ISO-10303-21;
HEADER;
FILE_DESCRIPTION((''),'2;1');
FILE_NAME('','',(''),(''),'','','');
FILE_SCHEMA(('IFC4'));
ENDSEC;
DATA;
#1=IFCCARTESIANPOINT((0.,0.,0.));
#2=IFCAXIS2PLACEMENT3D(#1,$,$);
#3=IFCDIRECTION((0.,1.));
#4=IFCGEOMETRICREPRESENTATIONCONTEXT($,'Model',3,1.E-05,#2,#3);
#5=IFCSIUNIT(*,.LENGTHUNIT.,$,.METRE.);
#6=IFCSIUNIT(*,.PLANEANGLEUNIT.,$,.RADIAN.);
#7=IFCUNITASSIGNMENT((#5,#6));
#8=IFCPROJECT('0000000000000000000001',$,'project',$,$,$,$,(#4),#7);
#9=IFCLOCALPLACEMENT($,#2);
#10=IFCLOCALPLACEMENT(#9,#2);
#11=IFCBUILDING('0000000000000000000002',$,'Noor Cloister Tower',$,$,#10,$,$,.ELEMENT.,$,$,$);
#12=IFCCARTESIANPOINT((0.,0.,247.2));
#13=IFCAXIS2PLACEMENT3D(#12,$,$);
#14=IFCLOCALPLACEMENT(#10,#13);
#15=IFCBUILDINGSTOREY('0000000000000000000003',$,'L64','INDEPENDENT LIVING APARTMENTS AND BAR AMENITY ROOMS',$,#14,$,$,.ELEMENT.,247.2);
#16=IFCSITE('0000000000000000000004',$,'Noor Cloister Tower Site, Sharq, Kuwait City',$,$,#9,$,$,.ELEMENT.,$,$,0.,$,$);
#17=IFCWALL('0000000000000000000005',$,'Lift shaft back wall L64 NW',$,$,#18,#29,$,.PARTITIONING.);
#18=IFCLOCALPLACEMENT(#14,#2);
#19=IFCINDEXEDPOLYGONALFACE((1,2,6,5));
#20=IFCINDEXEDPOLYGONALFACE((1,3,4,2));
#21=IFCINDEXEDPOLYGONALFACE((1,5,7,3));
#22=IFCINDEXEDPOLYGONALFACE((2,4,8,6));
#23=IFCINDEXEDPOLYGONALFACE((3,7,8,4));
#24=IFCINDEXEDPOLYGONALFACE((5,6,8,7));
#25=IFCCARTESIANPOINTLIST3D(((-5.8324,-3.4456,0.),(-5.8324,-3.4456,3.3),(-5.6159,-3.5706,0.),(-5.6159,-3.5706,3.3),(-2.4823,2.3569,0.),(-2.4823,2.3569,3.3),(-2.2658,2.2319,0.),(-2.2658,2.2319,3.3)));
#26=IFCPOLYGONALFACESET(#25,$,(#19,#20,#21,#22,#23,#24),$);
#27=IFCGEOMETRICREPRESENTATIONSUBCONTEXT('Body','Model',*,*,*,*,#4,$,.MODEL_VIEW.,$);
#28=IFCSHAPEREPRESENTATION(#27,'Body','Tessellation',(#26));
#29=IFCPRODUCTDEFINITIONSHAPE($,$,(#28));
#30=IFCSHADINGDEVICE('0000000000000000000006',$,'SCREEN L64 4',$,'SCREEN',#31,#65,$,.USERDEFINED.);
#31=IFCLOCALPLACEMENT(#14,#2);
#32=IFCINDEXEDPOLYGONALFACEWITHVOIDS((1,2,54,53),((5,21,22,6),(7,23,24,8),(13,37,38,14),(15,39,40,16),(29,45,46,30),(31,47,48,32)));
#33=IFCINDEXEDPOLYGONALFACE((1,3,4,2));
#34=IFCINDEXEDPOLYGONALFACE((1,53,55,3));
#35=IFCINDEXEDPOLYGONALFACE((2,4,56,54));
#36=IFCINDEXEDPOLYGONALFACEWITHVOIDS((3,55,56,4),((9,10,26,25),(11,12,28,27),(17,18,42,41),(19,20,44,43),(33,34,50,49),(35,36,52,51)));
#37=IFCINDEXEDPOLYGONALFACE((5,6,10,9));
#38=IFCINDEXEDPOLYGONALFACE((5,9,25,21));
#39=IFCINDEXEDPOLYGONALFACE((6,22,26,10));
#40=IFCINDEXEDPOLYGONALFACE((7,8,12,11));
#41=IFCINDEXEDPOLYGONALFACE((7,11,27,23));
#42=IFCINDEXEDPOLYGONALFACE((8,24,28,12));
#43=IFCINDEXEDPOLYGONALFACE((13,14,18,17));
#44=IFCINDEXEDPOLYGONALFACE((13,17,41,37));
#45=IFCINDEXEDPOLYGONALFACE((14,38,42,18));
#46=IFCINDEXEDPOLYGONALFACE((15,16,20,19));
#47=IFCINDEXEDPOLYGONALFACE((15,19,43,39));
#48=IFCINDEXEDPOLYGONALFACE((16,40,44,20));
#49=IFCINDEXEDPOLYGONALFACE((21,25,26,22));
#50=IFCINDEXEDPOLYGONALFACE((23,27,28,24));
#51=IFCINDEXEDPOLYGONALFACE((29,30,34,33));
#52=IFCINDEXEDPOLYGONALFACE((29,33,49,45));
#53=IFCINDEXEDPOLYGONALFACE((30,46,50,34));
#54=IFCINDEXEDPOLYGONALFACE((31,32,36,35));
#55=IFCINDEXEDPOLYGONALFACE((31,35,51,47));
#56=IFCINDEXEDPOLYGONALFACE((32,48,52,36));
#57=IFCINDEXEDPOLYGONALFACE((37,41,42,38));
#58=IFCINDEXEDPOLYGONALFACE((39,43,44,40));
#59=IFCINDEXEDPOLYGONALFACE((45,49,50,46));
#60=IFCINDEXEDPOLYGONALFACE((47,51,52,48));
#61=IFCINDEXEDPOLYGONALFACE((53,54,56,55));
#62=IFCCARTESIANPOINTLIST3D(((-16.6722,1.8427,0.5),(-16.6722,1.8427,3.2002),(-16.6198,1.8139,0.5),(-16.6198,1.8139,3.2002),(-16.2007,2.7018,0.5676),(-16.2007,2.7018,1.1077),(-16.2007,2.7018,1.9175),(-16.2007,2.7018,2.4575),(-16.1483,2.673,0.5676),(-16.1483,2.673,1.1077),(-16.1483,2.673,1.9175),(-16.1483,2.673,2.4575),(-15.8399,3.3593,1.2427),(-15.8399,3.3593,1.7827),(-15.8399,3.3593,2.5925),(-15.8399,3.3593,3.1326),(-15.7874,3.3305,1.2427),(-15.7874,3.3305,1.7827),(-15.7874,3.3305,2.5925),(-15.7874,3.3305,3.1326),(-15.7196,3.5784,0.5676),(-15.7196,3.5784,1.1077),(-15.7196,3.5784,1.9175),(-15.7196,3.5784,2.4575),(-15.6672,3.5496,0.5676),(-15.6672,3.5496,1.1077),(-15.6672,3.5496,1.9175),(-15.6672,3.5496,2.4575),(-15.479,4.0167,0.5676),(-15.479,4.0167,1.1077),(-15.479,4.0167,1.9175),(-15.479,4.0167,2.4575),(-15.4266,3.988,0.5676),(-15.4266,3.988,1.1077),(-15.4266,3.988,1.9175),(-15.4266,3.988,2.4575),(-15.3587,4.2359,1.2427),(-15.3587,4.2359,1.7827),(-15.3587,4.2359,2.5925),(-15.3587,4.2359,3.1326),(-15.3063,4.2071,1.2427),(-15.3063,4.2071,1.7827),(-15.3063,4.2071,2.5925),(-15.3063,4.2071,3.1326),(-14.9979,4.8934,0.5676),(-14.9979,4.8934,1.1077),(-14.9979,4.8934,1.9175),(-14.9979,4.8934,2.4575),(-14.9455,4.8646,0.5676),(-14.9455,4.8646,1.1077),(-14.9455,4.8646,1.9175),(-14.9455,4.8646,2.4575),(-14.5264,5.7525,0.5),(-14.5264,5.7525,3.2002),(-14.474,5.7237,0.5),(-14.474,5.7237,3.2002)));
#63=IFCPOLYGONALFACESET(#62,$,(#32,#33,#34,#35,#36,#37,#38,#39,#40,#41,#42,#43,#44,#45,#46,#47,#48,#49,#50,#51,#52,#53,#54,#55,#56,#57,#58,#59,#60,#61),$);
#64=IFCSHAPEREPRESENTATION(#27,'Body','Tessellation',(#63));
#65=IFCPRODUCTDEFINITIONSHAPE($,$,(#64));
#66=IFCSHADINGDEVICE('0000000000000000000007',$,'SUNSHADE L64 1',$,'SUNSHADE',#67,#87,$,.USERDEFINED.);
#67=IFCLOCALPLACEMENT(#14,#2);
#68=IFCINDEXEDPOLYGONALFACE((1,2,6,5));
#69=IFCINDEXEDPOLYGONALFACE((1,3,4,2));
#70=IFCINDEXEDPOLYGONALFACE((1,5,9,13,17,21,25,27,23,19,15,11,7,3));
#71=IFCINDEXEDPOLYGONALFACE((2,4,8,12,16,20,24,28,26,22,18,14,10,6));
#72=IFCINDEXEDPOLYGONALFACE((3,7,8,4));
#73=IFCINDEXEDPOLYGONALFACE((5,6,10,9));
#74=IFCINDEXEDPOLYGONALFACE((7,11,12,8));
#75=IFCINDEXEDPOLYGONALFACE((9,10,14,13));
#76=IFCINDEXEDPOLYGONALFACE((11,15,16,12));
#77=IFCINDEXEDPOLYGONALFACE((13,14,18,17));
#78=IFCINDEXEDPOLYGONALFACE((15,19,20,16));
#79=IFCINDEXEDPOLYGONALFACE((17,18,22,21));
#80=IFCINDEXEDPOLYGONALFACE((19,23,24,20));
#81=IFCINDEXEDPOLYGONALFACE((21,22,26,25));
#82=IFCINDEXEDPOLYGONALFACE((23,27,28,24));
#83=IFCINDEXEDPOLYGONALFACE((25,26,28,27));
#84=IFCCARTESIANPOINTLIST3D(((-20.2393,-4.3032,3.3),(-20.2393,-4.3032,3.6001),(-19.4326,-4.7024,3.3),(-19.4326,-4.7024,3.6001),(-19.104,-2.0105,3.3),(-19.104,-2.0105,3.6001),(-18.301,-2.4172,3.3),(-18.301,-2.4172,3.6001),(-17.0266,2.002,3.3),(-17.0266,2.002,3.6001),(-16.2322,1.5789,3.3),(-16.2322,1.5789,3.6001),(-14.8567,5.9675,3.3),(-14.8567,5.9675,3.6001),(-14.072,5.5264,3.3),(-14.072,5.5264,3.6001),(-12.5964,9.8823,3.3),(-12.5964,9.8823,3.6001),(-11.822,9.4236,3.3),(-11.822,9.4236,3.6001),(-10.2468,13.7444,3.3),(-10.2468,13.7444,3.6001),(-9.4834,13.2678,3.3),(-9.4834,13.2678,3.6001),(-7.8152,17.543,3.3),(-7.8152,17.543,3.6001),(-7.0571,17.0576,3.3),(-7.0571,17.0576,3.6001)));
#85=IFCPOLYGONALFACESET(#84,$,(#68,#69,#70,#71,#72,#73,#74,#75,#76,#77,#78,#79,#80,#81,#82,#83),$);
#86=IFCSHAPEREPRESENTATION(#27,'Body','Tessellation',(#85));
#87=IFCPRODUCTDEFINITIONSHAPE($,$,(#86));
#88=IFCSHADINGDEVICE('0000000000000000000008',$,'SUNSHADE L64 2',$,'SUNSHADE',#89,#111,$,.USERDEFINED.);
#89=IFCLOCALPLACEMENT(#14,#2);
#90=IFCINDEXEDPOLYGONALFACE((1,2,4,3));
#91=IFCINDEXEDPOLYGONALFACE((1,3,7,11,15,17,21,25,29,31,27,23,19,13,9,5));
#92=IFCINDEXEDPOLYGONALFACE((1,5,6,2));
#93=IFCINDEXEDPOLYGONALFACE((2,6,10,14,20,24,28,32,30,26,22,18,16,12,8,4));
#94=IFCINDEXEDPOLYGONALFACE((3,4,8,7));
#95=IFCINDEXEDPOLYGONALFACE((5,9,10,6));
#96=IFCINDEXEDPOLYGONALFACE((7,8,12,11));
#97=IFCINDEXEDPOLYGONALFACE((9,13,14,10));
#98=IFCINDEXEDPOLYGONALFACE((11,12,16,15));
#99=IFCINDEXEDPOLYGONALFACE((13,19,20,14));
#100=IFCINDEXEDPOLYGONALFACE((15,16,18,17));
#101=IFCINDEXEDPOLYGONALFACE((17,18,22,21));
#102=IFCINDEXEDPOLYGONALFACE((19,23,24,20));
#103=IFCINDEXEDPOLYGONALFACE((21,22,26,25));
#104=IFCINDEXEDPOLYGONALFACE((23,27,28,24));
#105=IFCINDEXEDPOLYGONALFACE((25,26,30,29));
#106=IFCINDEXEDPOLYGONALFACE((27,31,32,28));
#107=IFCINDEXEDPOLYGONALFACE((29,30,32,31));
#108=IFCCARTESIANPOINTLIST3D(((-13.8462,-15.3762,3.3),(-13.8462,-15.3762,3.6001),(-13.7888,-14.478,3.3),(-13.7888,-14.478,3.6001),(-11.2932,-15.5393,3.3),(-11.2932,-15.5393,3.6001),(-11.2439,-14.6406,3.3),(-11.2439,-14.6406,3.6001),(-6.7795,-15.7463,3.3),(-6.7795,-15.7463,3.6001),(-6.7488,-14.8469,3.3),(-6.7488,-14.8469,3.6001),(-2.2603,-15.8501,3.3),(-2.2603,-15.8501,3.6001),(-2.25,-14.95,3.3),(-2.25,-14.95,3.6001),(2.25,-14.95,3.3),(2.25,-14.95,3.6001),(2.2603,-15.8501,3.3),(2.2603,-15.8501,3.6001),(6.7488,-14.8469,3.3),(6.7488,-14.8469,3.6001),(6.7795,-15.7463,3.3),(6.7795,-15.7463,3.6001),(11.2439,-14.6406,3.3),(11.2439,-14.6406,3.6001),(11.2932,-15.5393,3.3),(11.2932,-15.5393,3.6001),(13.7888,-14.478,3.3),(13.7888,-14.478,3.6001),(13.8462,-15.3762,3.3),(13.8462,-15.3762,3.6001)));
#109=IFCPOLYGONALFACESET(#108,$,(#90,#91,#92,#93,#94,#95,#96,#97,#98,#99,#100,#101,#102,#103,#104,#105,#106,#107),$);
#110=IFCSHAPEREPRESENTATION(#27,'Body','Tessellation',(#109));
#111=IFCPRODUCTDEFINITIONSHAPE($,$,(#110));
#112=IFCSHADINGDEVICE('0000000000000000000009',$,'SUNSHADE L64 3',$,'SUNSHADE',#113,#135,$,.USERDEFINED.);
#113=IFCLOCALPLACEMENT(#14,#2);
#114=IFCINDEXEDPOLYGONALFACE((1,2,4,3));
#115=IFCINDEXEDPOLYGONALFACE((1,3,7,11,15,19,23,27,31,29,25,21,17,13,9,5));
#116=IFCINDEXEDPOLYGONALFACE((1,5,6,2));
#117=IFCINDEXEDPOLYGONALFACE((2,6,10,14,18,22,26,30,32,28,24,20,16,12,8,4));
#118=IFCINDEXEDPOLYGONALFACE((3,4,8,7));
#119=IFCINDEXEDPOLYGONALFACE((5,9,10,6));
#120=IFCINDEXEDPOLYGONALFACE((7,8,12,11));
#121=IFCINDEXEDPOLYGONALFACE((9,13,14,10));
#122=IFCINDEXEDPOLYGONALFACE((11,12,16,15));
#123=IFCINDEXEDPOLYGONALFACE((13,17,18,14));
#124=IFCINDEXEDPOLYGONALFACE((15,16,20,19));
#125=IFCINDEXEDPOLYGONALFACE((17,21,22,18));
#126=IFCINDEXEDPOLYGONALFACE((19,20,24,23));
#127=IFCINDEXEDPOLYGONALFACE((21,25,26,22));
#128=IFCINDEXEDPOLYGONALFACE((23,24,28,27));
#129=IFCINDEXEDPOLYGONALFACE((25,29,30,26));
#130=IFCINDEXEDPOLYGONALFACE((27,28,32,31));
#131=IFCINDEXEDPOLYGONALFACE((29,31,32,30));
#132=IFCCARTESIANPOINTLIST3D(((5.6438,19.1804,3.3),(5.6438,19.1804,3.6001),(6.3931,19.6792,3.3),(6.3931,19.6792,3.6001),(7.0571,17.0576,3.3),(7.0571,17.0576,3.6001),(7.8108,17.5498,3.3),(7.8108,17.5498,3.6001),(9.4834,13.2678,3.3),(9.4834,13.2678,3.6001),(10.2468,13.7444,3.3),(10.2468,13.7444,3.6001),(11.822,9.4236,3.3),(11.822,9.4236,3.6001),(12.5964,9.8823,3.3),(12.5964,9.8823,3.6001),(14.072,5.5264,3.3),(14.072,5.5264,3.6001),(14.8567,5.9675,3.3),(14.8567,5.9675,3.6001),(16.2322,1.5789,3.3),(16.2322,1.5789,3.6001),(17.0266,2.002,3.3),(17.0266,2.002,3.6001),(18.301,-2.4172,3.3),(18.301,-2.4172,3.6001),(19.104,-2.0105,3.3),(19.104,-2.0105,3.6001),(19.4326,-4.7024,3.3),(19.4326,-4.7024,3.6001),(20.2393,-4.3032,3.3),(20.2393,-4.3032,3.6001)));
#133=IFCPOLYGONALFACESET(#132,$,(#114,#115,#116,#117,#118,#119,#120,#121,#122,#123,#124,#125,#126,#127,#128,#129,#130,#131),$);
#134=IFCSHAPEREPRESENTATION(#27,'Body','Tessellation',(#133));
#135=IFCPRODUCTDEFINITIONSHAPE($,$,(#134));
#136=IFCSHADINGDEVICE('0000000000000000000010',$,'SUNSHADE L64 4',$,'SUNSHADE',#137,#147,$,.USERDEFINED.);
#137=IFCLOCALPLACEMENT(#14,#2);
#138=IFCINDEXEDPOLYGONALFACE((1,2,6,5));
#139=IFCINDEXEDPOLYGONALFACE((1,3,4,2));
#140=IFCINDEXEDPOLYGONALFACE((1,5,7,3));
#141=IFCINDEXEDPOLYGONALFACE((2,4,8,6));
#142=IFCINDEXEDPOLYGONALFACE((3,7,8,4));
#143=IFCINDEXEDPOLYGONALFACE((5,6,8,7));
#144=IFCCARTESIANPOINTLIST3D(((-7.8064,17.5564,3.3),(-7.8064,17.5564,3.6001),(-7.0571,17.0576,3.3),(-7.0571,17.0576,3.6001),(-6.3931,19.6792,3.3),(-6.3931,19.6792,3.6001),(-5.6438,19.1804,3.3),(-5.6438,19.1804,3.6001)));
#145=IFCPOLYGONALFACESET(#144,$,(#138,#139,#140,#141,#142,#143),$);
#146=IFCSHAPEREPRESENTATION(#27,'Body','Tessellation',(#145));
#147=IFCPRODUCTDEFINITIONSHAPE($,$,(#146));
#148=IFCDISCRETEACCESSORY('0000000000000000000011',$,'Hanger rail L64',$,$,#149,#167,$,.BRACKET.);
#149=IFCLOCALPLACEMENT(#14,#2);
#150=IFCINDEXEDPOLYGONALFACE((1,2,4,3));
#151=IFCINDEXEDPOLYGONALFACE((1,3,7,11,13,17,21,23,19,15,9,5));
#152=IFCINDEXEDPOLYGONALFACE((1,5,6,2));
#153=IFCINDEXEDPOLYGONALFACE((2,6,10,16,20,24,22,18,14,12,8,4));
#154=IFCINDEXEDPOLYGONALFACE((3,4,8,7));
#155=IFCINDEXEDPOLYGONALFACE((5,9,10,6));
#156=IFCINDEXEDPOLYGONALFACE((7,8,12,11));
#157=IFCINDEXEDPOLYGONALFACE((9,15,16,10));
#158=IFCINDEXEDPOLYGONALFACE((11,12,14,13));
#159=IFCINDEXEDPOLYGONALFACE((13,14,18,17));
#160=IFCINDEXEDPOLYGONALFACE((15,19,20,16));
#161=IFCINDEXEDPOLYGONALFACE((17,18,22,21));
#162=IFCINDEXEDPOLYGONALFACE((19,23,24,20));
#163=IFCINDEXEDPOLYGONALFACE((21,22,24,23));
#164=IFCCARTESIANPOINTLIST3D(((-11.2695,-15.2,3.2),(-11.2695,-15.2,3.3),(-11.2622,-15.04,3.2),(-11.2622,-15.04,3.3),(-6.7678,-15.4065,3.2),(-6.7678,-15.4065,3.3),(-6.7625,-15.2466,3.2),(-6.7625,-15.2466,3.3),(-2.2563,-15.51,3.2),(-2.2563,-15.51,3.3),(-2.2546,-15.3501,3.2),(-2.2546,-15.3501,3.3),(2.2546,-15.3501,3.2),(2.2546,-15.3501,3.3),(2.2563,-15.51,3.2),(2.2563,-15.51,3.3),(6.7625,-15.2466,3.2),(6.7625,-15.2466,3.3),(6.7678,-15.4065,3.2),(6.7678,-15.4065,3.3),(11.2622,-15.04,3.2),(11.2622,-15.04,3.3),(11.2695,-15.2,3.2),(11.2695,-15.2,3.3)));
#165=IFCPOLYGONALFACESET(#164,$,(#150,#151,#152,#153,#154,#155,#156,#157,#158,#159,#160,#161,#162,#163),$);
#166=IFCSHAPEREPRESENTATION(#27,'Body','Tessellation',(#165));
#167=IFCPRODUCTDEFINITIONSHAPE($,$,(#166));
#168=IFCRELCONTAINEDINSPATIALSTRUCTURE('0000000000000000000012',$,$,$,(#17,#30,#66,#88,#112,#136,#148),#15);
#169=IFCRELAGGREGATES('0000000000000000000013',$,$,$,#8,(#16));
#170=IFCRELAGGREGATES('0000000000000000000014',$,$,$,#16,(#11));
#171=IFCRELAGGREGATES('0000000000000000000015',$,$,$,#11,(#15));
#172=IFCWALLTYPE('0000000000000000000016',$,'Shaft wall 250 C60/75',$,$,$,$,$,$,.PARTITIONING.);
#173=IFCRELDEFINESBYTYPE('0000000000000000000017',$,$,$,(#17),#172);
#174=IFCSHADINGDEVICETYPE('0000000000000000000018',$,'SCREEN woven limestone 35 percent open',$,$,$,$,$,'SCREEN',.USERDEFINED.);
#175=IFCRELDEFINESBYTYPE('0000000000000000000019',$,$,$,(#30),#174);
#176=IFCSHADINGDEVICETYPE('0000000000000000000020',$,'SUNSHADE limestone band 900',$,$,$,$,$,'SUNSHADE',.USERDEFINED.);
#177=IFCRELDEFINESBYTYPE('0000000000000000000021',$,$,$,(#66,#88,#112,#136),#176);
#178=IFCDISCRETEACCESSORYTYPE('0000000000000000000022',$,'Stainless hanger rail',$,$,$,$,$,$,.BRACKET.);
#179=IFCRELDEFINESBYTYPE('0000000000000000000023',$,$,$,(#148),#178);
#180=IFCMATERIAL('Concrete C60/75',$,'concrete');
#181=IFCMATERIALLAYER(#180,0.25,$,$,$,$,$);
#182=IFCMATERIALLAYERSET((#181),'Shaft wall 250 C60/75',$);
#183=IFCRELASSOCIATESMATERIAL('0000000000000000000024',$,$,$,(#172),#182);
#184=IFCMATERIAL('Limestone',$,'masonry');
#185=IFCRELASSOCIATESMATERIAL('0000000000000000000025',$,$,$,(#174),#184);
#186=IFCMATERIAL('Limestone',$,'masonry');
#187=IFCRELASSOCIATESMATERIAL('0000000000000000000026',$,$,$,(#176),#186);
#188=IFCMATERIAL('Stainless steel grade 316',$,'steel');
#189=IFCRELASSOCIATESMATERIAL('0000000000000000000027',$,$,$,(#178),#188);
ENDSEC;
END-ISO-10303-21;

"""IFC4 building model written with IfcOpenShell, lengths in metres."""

from ifc_helpers import new_model, si_unit, direction, frame, frame_2d, origin, place, context, subcontext, project, spatial, polyline, rectangle, outline, extrude, material, layer, layer_set, material_profile, profile_set, type_object, element, save


model = new_model("IFC4")

# Units and contexts
model_context = context("Model", 3, precision=1e-05, world=origin(), true_north=direction((0.0, 1.0)))
body_context = subcontext(model_context, "Body", "Model", "MODEL_VIEW")
ifc_project = project(units=[si_unit("LENGTHUNIT", "METRE"), si_unit("PLANEANGLEUNIT", "RADIAN")], contexts=[model_context])

# Site, building, storey
site_placement = place(None, origin())
site = spatial("IfcSite", under=ifc_project, at=site_placement, Name="Noor Cloister Tower Site, Sharq, Kuwait City", CompositionType="ELEMENT", RefElevation=0.0)
building_placement = place(site_placement, origin())
building = spatial("IfcBuilding", under=site, at=building_placement, Name="Noor Cloister Tower", CompositionType="ELEMENT")
storey_placement = place(building_placement, frame((0.0, 0.0, 247.2)))
storey = spatial("IfcBuildingStorey", under=building, at=storey_placement, Name="L64", Description="INDEPENDENT LIVING APARTMENTS AND BAR AMENITY ROOMS", CompositionType="ELEMENT", Elevation=247.2)

# Wall
ifc_material_1 = material(Name="Concrete C60/75", Category="concrete")
ifc_layer_1 = layer(ifc_material_1, 0.25)
ifc_layer_set_1 = layer_set([ifc_layer_1], Name="Shaft wall 250 C60/75")
wall_type_1 = type_object("IfcWallType", Name="Shaft wall 250 C60/75", PredefinedType="PARTITIONING", material=ifc_layer_set_1)
wall_1_placement = place(storey_placement, frame((-2.374, 2.2944, 0.0), z_axis=(0.0, 0.0, 1.0), x_axis=(-0.500003, -0.866024, 0.0)))
element("IfcWall", 1, at=wall_1_placement, inside=storey, type_object=wall_type_1, Name="Lift shaft back wall L64 NW", PredefinedType="PARTITIONING", context=body_context, shape_type="SweptSolid", body=[
    extrude(rectangle(XDim=6.7002, YDim=0.25, at=frame_2d((3.3501, 0.0))), origin(), (0.0, 0.0, 1.0), 3.3),
])

# Shading devices
ifc_material_2 = material(Name="Limestone", Category="masonry")
ifc_material_profile_1 = material_profile(ifc_material_2, outline(polyline([(-2.23, -1.3501), (2.23, -1.3501), (2.23, 1.3501), (-2.23, 1.3501), (-2.23, -1.3501)]), holes=[polyline([(-1.25, -1.2825), (-0.25, -1.2825), (-0.25, -0.7424), (-1.25, -0.7424), (-1.25, -1.2825)]), polyline([(0.25, -1.2825), (1.25, -1.2825), (1.25, -0.7424), (0.25, -0.7424), (0.25, -1.2825)]), polyline([(-0.5, -0.6074), (0.5, -0.6074), (0.5, -0.0674), (-0.5, -0.0674), (-0.5, -0.6074)]), polyline([(-1.25, 0.0674), (-0.25, 0.0674), (-0.25, 0.6074), (-1.25, 0.6074), (-1.25, 0.0674)]), polyline([(0.25, 0.0674), (1.25, 0.0674), (1.25, 0.6074), (0.25, 0.6074), (0.25, 0.0674)]), polyline([(-0.5, 0.7424), (0.5, 0.7424), (0.5, 1.2825), (-0.5, 1.2825), (-0.5, 0.7424)])]), Name="Woven screen 35 percent open")
ifc_profile_set_1 = profile_set([ifc_material_profile_1], Name="Limestone")
shading_device_type_1 = type_object("IfcShadingDeviceType", Name="SCREEN woven limestone 35 percent open", ElementType="SCREEN", PredefinedType="USERDEFINED", material=ifc_profile_set_1)
shading_device_1_placement = place(storey_placement, frame((-15.5469, 3.7688, 1.8501), z_axis=(-0.876646, 0.481136, 0.0), x_axis=(-0.481136, -0.876646, 0.0)))
element("IfcShadingDevice", 2, at=shading_device_1_placement, inside=storey, type_object=shading_device_type_1, Name="SCREEN L64 4", ObjectType="SCREEN", PredefinedType="USERDEFINED", context=body_context, shape_type="SweptSolid", body=[
    extrude(outline(polyline([(-2.23, -1.3501), (2.23, -1.3501), (2.23, 1.3501), (-2.23, 1.3501), (-2.23, -1.3501)]), holes=[polyline([(-1.25, -1.2825), (-0.25, -1.2825), (-0.25, -0.7424), (-1.25, -0.7424), (-1.25, -1.2825)]), polyline([(0.25, -1.2825), (1.25, -1.2825), (1.25, -0.7424), (0.25, -0.7424), (0.25, -1.2825)]), polyline([(-0.5, -0.6074), (0.5, -0.6074), (0.5, -0.0674), (-0.5, -0.0674), (-0.5, -0.6074)]), polyline([(-1.25, 0.0674), (-0.25, 0.0674), (-0.25, 0.6074), (-1.25, 0.6074), (-1.25, 0.0674)]), polyline([(0.25, 0.0674), (1.25, 0.0674), (1.25, 0.6074), (0.25, 0.6074), (0.25, 0.0674)]), polyline([(-0.5, 0.7424), (0.5, 0.7424), (0.5, 1.2825), (-0.5, 1.2825), (-0.5, 0.7424)])]), origin(), (0.0, 0.0, 1.0), 0.0598),
])
ifc_material_3 = material(Name="Limestone", Category="masonry")
shading_device_type_2 = type_object("IfcShadingDeviceType", Name="SUNSHADE limestone band 900", ElementType="SUNSHADE", PredefinedType="USERDEFINED", material=ifc_material_3)
shading_device_2_placement = place(storey_placement, frame((0.0, 0.0, 3.3)))
element("IfcShadingDevice", 3, at=shading_device_2_placement, inside=storey, type_object=shading_device_type_2, Name="SUNSHADE L64 1", ObjectType="SUNSHADE", PredefinedType="USERDEFINED", context=body_context, shape_type="SweptSolid", body=[
    extrude(outline(polyline([(-7.8152, 17.543), (-10.2468, 13.7444), (-12.5964, 9.8823), (-14.8567, 5.9675), (-17.0266, 2.002), (-19.104, -2.0105), (-20.2393, -4.3032), (-19.4326, -4.7024), (-18.301, -2.4172), (-16.2322, 1.5789), (-14.072, 5.5264), (-11.822, 9.4236), (-9.4834, 13.2678), (-7.0571, 17.0576), (-7.8152, 17.543)])), origin(), (0.0, 0.0, 1.0), 0.3),
])
shading_device_3_placement = place(storey_placement, frame((0.0, 0.0, 3.3)))
element("IfcShadingDevice", 4, at=shading_device_3_placement, inside=storey, type_object=shading_device_type_2, Name="SUNSHADE L64 2", ObjectType="SUNSHADE", PredefinedType="USERDEFINED", context=body_context, shape_type="SweptSolid", body=[
    extrude(outline(polyline([(-13.8462, -15.3762), (-11.2932, -15.5393), (-6.7795, -15.7463), (-2.2603, -15.8501), (2.2603, -15.8501), (6.7795, -15.7463), (11.2932, -15.5393), (13.8462, -15.3762), (13.7888, -14.478), (11.2439, -14.6406), (6.7488, -14.8469), (2.25, -14.95), (-2.25, -14.95), (-6.7488, -14.8469), (-11.2439, -14.6406), (-13.7888, -14.478), (-13.8462, -15.3762)])), origin(), (0.0, 0.0, 1.0), 0.3),
])
shading_device_4_placement = place(storey_placement, frame((0.0, 0.0, 3.3)))
element("IfcShadingDevice", 5, at=shading_device_4_placement, inside=storey, type_object=shading_device_type_2, Name="SUNSHADE L64 3", ObjectType="SUNSHADE", PredefinedType="USERDEFINED", context=body_context, shape_type="SweptSolid", body=[
    extrude(outline(polyline([(20.2393, -4.3032), (19.104, -2.0105), (17.0266, 2.002), (14.8567, 5.9675), (12.5964, 9.8823), (10.2468, 13.7444), (7.8108, 17.5498), (6.3931, 19.6792), (5.6438, 19.1804), (7.0571, 17.0576), (9.4834, 13.2678), (11.822, 9.4236), (14.072, 5.5264), (16.2322, 1.5789), (18.301, -2.4172), (19.4326, -4.7024), (20.2393, -4.3032)])), origin(), (0.0, 0.0, 1.0), 0.3),
])
shading_device_5_placement = place(storey_placement, frame((0.0, 0.0, 3.3)))
element("IfcShadingDevice", 6, at=shading_device_5_placement, inside=storey, type_object=shading_device_type_2, Name="SUNSHADE L64 4", ObjectType="SUNSHADE", PredefinedType="USERDEFINED", context=body_context, shape_type="SweptSolid", body=[
    extrude(outline(polyline([(-6.3931, 19.6792), (-7.8064, 17.5564), (-7.0571, 17.0576), (-5.6438, 19.1804), (-6.3931, 19.6792)])), origin(), (0.0, 0.0, 1.0), 0.3),
])

# Discrete accessory
ifc_material_4 = material(Name="Stainless steel grade 316", Category="steel")
discrete_accessory_type = type_object("IfcDiscreteAccessoryType", Name="Stainless hanger rail", PredefinedType="BRACKET", material=ifc_material_4)
discrete_accessory_1_placement = place(storey_placement, frame((0.0, 0.0, 3.2)))
element("IfcDiscreteAccessory", 7, at=discrete_accessory_1_placement, inside=storey, type_object=discrete_accessory_type, Name="Hanger rail L64", PredefinedType="BRACKET", context=body_context, shape_type="SweptSolid", body=[
    extrude(outline(polyline([(-11.2695, -15.2), (-6.7678, -15.4065), (-2.2563, -15.51), (2.2563, -15.51), (6.7678, -15.4065), (11.2695, -15.2), (11.2622, -15.04), (6.7625, -15.2466), (2.2546, -15.3501), (-2.2546, -15.3501), (-6.7625, -15.2466), (-11.2622, -15.04), (-11.2695, -15.2)])), origin(), (0.0, 0.0, 1.0), 0.1001),
])

save(model, "model.ifc")
